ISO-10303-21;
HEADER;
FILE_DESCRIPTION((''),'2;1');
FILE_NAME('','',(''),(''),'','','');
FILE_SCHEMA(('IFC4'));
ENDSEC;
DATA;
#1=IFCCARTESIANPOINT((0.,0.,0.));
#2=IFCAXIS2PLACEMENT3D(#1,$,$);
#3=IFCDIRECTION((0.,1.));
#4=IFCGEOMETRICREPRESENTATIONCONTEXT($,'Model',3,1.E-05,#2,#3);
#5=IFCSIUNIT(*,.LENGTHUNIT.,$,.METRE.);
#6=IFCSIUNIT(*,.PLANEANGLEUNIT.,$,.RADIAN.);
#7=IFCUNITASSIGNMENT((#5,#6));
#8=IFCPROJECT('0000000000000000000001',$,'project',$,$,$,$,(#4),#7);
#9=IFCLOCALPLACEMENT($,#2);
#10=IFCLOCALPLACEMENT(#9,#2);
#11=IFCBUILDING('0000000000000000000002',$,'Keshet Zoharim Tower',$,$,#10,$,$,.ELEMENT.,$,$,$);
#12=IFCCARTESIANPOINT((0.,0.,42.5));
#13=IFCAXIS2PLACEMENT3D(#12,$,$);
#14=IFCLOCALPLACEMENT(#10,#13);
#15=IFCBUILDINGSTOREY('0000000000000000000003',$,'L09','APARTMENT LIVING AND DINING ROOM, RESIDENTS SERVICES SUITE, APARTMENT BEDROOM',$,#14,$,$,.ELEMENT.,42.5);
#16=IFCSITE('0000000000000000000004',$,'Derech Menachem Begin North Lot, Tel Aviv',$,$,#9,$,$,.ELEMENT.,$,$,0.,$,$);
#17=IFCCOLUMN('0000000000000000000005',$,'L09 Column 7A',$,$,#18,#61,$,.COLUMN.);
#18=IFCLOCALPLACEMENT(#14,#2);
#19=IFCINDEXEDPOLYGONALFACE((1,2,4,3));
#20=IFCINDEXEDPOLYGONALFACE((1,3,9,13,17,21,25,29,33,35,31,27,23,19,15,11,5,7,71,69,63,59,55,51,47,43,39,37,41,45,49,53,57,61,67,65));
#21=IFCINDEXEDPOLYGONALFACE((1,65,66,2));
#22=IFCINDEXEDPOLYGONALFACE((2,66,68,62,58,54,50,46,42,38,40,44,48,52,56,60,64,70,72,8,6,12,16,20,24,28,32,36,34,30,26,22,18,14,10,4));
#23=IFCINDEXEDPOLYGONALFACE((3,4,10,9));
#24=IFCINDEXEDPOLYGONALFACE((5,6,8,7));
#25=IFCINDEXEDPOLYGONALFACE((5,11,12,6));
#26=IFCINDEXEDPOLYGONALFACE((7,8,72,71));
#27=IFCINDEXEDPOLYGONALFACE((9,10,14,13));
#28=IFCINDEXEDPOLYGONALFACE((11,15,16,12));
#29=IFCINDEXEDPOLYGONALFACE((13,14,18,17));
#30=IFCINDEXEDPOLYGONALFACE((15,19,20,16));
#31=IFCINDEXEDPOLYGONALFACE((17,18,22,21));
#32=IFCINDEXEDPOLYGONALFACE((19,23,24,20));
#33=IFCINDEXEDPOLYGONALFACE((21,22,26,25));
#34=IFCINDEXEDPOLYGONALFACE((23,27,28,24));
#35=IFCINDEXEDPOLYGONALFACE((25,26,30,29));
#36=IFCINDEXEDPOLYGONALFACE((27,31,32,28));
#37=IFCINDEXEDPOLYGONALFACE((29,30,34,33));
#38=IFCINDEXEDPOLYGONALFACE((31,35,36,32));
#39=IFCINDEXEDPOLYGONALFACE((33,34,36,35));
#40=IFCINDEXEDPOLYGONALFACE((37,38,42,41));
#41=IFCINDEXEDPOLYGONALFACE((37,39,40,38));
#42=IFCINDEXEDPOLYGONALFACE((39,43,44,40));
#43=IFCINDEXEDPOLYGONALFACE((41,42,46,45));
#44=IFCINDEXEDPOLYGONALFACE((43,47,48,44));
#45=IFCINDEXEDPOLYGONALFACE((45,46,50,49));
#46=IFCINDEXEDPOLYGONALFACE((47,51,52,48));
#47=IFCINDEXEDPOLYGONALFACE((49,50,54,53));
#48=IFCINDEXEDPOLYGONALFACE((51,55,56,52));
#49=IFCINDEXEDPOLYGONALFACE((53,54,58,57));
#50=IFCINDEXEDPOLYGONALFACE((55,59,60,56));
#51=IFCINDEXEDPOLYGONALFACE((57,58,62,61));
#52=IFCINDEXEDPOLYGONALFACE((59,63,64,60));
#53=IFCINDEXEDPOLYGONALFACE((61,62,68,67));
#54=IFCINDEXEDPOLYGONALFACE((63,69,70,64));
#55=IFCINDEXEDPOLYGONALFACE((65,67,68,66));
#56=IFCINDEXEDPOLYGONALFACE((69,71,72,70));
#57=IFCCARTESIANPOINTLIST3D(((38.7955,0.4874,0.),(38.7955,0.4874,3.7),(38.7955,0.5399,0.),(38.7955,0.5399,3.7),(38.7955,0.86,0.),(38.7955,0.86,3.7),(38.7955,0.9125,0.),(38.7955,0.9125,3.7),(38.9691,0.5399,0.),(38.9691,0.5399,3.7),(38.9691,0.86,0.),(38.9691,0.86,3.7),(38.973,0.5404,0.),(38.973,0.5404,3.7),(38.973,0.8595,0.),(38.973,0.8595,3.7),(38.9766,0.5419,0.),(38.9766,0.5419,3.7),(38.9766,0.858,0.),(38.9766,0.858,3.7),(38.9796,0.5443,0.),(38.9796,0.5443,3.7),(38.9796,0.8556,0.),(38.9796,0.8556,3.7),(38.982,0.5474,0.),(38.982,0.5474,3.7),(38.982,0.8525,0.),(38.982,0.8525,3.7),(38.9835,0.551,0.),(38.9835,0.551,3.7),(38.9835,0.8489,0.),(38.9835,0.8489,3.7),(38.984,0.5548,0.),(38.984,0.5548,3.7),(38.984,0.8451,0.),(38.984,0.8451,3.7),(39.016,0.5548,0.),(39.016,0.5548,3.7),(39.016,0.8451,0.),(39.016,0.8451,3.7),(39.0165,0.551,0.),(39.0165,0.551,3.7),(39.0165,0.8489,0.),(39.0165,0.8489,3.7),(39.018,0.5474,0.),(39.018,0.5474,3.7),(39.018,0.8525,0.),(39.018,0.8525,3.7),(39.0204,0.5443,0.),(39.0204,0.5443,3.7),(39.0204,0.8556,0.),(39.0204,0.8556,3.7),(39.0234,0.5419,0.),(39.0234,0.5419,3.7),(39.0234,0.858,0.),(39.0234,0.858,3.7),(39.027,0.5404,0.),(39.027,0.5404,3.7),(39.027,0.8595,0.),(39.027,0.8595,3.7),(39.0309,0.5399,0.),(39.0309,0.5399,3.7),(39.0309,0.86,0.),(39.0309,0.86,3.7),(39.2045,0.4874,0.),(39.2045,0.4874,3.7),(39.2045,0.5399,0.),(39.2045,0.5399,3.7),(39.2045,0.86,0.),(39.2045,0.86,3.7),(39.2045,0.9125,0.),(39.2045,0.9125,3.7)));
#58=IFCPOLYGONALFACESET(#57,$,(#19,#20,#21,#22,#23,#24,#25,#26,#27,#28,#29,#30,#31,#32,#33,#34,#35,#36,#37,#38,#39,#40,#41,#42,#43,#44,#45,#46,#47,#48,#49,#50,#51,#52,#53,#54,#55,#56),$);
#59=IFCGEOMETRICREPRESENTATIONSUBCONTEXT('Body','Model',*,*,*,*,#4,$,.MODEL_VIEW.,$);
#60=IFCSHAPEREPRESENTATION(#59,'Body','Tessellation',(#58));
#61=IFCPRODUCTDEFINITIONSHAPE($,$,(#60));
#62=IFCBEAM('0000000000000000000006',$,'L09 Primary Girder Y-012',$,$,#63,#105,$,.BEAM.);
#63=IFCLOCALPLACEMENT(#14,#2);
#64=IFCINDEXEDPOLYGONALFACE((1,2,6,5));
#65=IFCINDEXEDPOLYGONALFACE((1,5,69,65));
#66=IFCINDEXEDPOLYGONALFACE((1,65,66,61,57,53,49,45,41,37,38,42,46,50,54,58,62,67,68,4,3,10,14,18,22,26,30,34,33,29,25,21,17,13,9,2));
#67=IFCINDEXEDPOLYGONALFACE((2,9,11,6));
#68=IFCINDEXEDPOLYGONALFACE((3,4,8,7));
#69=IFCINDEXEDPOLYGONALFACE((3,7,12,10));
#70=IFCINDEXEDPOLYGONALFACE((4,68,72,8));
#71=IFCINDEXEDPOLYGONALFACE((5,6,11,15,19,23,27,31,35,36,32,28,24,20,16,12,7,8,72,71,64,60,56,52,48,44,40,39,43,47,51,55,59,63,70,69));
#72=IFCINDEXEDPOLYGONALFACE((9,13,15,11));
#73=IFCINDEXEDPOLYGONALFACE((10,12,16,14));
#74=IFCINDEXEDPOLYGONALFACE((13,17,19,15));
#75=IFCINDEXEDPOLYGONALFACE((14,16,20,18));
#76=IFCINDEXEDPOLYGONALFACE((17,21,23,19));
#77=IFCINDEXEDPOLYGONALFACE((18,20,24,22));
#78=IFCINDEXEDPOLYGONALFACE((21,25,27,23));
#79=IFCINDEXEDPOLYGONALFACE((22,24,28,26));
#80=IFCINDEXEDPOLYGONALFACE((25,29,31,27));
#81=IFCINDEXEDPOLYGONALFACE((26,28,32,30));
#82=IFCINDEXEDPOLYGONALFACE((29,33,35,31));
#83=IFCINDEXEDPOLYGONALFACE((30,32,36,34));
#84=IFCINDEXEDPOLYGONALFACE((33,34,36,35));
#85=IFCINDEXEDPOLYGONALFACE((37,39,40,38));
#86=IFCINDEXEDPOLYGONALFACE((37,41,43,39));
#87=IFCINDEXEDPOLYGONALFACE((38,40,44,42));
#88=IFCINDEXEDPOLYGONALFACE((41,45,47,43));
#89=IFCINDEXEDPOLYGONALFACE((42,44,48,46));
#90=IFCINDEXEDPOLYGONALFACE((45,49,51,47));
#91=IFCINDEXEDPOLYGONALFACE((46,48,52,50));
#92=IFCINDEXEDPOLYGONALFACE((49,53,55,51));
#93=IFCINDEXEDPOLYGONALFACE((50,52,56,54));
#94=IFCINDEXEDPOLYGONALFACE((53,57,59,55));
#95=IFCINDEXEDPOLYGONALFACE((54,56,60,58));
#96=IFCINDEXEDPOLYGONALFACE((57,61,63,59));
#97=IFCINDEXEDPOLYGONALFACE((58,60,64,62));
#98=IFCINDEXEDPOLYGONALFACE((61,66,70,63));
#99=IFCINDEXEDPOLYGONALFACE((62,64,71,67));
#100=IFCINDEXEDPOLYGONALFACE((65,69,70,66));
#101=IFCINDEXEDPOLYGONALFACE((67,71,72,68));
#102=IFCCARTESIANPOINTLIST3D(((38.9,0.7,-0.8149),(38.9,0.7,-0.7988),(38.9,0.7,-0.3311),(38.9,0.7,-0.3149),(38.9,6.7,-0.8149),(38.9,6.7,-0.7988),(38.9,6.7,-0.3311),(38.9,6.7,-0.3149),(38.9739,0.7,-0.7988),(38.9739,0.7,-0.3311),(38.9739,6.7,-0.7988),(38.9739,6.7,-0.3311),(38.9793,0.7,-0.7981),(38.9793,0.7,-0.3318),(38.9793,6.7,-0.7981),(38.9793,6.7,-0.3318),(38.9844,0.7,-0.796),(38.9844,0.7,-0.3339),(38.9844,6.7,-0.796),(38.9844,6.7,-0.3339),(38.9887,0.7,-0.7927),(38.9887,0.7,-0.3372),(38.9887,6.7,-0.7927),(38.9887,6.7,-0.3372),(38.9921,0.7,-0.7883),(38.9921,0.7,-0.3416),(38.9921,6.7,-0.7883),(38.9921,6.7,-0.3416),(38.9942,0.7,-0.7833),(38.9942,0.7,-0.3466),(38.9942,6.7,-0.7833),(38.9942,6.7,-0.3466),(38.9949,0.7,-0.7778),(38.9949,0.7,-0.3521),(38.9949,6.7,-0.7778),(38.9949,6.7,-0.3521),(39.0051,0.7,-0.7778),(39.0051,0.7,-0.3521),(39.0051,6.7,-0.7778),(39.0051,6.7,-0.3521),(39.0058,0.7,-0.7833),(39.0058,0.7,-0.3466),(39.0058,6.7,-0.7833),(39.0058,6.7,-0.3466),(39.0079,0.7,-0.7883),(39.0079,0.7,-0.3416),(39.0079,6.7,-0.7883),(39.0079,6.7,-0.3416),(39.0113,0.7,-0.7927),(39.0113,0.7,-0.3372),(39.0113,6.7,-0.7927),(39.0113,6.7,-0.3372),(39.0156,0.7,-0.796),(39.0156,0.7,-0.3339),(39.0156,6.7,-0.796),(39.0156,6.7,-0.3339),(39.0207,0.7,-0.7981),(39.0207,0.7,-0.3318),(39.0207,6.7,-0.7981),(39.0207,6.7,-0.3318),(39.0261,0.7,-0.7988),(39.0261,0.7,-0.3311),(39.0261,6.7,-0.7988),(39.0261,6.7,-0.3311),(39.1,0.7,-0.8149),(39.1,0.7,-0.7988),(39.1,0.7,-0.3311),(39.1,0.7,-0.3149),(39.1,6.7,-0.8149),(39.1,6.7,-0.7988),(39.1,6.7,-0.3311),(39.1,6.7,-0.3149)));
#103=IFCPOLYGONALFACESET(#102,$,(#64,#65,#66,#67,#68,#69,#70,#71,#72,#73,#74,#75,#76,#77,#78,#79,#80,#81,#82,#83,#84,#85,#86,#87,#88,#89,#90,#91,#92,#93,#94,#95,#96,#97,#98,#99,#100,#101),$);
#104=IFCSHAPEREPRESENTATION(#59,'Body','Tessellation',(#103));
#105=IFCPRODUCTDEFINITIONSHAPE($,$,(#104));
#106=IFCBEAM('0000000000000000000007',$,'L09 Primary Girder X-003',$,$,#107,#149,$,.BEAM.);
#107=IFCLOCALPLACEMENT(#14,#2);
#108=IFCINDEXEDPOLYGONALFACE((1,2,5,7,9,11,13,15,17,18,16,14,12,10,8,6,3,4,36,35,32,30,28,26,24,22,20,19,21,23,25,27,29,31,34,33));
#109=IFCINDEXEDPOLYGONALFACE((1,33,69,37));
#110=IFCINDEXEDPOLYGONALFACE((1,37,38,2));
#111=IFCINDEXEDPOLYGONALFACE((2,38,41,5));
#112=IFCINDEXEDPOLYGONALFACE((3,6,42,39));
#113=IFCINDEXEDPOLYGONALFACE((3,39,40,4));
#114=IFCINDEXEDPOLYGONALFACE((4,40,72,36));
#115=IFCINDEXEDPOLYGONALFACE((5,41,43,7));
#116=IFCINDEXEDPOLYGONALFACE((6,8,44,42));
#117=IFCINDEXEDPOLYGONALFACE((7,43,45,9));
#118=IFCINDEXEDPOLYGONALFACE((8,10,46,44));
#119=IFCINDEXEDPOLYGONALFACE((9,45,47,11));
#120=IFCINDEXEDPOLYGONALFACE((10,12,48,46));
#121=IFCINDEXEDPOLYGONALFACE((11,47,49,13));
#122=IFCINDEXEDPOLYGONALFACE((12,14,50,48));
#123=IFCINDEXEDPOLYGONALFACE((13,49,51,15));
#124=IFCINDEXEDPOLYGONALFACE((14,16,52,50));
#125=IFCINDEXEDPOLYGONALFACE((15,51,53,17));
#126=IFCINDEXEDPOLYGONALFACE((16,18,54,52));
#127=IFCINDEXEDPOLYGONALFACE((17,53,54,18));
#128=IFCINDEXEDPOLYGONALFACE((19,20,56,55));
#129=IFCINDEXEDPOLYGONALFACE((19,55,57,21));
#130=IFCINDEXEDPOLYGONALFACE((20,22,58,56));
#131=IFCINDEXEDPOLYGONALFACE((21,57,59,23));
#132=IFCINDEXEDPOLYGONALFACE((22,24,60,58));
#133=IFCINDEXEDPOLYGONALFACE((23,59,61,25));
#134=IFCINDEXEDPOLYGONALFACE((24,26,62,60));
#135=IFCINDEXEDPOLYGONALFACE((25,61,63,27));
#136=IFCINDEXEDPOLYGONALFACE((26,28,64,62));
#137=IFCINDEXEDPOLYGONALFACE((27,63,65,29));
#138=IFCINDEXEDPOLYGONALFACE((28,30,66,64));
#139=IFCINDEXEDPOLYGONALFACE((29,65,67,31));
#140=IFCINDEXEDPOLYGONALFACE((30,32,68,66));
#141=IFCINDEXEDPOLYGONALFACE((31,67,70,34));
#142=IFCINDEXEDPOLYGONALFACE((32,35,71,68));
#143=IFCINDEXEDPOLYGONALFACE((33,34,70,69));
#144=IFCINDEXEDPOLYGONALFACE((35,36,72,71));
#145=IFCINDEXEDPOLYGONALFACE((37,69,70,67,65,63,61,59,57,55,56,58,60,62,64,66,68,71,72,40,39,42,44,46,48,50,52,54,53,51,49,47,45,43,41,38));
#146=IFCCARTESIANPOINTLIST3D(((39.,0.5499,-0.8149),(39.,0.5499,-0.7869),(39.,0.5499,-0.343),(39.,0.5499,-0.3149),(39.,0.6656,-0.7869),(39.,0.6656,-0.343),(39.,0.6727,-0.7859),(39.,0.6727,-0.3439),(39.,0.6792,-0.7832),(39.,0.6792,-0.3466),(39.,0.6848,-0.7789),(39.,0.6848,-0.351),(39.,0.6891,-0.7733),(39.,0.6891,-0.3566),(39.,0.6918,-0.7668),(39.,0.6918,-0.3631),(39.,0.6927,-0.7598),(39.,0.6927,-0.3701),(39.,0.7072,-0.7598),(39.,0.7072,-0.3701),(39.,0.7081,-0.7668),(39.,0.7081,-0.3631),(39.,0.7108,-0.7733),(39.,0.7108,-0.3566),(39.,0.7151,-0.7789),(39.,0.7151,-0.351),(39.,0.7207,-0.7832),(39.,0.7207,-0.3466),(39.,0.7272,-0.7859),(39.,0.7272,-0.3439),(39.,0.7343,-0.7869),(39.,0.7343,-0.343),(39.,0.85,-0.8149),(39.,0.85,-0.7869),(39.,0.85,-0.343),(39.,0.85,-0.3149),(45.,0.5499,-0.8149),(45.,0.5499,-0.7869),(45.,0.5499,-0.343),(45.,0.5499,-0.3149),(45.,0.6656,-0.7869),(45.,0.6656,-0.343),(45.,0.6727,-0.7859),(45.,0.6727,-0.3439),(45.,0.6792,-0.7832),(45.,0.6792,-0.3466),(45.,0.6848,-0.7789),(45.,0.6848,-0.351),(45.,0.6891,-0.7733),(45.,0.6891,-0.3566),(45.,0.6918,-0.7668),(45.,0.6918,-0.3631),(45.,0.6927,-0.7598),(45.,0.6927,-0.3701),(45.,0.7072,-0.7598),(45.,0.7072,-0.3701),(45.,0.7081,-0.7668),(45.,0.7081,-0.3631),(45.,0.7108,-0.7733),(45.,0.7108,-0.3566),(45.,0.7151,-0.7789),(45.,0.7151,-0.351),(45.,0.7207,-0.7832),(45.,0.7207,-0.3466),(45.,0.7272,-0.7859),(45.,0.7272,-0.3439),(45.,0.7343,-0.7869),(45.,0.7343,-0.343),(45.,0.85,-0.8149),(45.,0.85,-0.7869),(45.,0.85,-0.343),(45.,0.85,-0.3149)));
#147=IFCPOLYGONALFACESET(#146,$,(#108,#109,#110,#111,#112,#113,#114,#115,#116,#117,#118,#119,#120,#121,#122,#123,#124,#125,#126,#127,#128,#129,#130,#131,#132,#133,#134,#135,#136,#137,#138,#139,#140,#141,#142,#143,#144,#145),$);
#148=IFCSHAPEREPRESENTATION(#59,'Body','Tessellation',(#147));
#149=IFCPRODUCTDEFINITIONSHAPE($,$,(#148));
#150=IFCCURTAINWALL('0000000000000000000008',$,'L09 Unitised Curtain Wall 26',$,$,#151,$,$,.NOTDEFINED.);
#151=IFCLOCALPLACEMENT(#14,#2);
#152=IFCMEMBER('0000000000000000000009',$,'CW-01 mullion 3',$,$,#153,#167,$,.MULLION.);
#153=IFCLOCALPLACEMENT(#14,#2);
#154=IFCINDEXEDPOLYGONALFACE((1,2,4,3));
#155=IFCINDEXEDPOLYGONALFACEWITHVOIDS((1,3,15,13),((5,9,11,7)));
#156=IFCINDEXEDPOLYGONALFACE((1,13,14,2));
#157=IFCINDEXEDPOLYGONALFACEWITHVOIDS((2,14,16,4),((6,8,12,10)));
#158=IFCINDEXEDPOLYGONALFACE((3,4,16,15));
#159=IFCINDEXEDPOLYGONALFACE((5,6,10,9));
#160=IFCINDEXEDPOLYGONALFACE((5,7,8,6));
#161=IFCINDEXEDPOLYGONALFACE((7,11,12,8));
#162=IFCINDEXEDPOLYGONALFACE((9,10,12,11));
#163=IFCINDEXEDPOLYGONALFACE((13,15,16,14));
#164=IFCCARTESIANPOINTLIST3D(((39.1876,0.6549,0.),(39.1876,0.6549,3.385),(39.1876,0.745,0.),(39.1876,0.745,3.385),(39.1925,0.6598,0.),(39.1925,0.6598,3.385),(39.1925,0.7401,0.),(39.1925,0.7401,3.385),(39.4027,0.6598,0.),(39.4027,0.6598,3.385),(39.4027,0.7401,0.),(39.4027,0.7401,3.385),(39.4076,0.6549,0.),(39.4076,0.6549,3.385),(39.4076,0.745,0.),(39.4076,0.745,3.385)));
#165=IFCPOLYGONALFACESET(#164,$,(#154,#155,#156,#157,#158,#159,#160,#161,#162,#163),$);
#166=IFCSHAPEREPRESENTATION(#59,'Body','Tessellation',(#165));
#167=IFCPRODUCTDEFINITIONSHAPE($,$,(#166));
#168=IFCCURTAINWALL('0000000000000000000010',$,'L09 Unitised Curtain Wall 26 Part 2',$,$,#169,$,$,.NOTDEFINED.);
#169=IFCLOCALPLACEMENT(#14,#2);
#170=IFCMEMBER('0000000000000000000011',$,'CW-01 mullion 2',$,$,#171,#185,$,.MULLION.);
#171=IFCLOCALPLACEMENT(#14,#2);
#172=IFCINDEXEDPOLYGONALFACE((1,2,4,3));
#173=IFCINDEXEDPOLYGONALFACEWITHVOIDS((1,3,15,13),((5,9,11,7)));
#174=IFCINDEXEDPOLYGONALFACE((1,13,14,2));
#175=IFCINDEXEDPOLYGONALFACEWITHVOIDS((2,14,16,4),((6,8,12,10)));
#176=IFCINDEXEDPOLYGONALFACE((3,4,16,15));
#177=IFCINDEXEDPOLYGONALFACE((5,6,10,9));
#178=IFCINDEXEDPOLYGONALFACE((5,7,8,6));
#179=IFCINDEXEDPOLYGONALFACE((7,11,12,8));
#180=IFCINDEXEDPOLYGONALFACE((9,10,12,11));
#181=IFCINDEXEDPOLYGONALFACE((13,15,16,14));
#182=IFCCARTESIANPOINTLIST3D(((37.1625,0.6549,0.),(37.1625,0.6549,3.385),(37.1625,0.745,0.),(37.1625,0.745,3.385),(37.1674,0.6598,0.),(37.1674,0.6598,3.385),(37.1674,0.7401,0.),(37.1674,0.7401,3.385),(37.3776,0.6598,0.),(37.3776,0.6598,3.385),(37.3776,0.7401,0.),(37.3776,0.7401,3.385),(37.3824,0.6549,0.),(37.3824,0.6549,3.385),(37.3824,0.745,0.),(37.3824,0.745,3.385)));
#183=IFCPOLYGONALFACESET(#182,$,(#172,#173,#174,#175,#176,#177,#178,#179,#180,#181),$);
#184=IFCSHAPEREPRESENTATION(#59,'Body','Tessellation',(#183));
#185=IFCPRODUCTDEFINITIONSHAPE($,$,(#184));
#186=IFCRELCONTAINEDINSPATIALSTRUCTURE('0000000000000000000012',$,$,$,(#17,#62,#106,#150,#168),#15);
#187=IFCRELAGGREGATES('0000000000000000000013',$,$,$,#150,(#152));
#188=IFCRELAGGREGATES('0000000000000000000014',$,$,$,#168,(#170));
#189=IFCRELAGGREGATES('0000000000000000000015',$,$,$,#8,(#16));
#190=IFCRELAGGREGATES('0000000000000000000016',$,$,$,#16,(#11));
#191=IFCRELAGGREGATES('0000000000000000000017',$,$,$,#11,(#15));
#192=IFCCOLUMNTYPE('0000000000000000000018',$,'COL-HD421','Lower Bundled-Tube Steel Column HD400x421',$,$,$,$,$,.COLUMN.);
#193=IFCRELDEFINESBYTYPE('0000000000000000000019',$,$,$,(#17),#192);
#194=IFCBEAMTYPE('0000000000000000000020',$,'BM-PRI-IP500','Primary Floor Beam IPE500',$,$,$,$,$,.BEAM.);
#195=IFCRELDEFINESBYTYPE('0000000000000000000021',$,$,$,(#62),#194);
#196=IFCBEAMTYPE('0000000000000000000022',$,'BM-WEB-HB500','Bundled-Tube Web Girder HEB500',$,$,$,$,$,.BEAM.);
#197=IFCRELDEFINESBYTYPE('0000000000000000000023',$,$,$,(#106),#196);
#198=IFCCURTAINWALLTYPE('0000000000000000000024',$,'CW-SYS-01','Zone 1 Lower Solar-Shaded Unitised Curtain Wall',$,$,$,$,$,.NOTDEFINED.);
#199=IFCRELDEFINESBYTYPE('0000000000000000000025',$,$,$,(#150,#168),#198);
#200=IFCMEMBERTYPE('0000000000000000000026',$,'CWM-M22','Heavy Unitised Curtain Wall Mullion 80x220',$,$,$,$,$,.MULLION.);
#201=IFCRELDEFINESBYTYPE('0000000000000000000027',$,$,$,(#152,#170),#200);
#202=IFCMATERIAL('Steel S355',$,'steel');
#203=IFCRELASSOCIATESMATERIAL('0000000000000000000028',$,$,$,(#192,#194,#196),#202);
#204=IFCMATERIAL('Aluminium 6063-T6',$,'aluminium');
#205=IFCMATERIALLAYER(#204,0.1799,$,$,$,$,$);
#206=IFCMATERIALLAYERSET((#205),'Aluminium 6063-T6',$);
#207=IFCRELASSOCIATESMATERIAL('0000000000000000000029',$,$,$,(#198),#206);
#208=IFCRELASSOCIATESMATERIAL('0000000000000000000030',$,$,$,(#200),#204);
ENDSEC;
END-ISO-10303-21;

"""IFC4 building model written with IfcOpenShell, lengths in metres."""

from ifc_helpers import new_model, si_unit, direction, frame, origin, origin_2d, place, context, subcontext, project, spatial, hollow_rectangle, i_section, extrude, material, layer, layer_set, material_profile, profile_set, type_object, element, aggregate, save


model = new_model("IFC4")

# Units and contexts
model_context = context("Model", 3, precision=1e-05, world=origin(), true_north=direction((0.0, 1.0)))
body_context = subcontext(model_context, "Body", "Model", "MODEL_VIEW")
ifc_project = project(units=[si_unit("LENGTHUNIT", "METRE"), si_unit("PLANEANGLEUNIT", "RADIAN")], contexts=[model_context])

# Site, building, storey
site_placement = place(None, origin())
site = spatial("IfcSite", under=ifc_project, at=site_placement, Name="Derech Menachem Begin North Lot, Tel Aviv", CompositionType="ELEMENT", RefElevation=0.0)
building_placement = place(site_placement, origin())
building = spatial("IfcBuilding", under=site, at=building_placement, Name="Keshet Zoharim Tower", CompositionType="ELEMENT")
storey_placement = place(building_placement, frame((0.0, 0.0, 42.5)))
storey = spatial("IfcBuildingStorey", under=building, at=storey_placement, Name="L09", Description="APARTMENT LIVING AND DINING ROOM, RESIDENTS SERVICES SUITE, APARTMENT BEDROOM", CompositionType="ELEMENT", Elevation=42.5)

# Column
ifc_material_1 = material(Name="Steel S355", Category="steel")
ifc_material_profile_1 = material_profile(ifc_material_1, i_section(OverallWidth=0.4089, OverallDepth=0.425, WebThickness=0.032, FlangeThickness=0.0525, FilletRadius=0.0149, at=origin_2d()), Name="HD400x421")
ifc_profile_set_1 = profile_set([ifc_material_profile_1], Name="Steel S355")
column_type = type_object("IfcColumnType", Name="COL-HD421", Description="Lower Bundled-Tube Steel Column HD400x421", PredefinedType="COLUMN", material=ifc_profile_set_1)
column_placement = place(storey_placement, frame((39.0, 0.7, 0.0), z_axis=(0.0, 0.0, 1.0), x_axis=(1.0, 0.0, 0.0)))
element("IfcColumn", 1, at=column_placement, inside=storey, type_object=column_type, Name="L09 Column 7A", PredefinedType="COLUMN", context=body_context, shape_type="SweptSolid", body=[
    extrude(i_section(OverallWidth=0.4089, OverallDepth=0.425, WebThickness=0.032, FlangeThickness=0.0525, FilletRadius=0.0149, at=origin_2d()), origin(), (0.0, 0.0, 1.0), 3.7),
])

# Beams
ifc_material_profile_2 = material_profile(ifc_material_1, i_section(OverallWidth=0.2, OverallDepth=0.5, WebThickness=0.0103, FlangeThickness=0.0161, FilletRadius=0.021, at=origin_2d()), Name="IPE500")
ifc_profile_set_2 = profile_set([ifc_material_profile_2], Name="Steel S355")
beam_type_1 = type_object("IfcBeamType", Name="BM-PRI-IP500", Description="Primary Floor Beam IPE500", PredefinedType="BEAM", material=ifc_profile_set_2)
beam_1_placement = place(storey_placement, frame((39.0, 0.7, -0.5649), z_axis=(0.0, 1.0, 0.0), x_axis=(-1.0, 0.0, 0.0)))
element("IfcBeam", 2, at=beam_1_placement, inside=storey, type_object=beam_type_1, Name="L09 Primary Girder Y-012", PredefinedType="BEAM", context=body_context, shape_type="SweptSolid", body=[
    extrude(i_section(OverallWidth=0.2, OverallDepth=0.5, WebThickness=0.0103, FlangeThickness=0.0161, FilletRadius=0.021, at=origin_2d()), origin(), (0.0, 0.0, 1.0), 6.0),
])
ifc_material_profile_3 = material_profile(ifc_material_1, i_section(OverallWidth=0.3, OverallDepth=0.5, WebThickness=0.0144, FlangeThickness=0.0281, FilletRadius=0.0271, at=origin_2d()), Name="HEB500")
ifc_profile_set_3 = profile_set([ifc_material_profile_3], Name="Steel S355")
beam_type_2 = type_object("IfcBeamType", Name="BM-WEB-HB500", Description="Bundled-Tube Web Girder HEB500", PredefinedType="BEAM", material=ifc_profile_set_3)
beam_2_placement = place(storey_placement, frame((39.0, 0.7, -0.5649), z_axis=(1.0, 0.0, 0.0), x_axis=(0.0, 1.0, 0.0)))
element("IfcBeam", 3, at=beam_2_placement, inside=storey, type_object=beam_type_2, Name="L09 Primary Girder X-003", PredefinedType="BEAM", context=body_context, shape_type="SweptSolid", body=[
    extrude(i_section(OverallWidth=0.3, OverallDepth=0.5, WebThickness=0.0144, FlangeThickness=0.0281, FilletRadius=0.0271, at=origin_2d()), origin(), (0.0, 0.0, 1.0), 6.0),
])

# Curtain walls, members
ifc_material_2 = material(Name="Aluminium 6063-T6", Category="aluminium")
ifc_layer_1 = layer(ifc_material_2, 0.1799)
ifc_layer_set_1 = layer_set([ifc_layer_1], Name="Aluminium 6063-T6")
curtain_wall_type = type_object("IfcCurtainWallType", Name="CW-SYS-01", Description="Zone 1 Lower Solar-Shaded Unitised Curtain Wall", PredefinedType="NOTDEFINED", material=ifc_layer_set_1)
curtain_wall_1_placement = place(storey_placement, origin())
curtain_wall_1 = element("IfcCurtainWall", 4, at=curtain_wall_1_placement, inside=storey, type_object=curtain_wall_type, Name="L09 Unitised Curtain Wall 26", PredefinedType="NOTDEFINED")
ifc_material_profile_4 = material_profile(ifc_material_2, hollow_rectangle(XDim=0.0901, YDim=0.22, WallThickness=0.0049, at=origin_2d()), Name="MUL-90x220")
ifc_profile_set_4 = profile_set([ifc_material_profile_4], Name="Aluminium 6063-T6")
member_type_1 = type_object("IfcMemberType", Name="CWM-M22", Description="Heavy Unitised Curtain Wall Mullion 80x220", PredefinedType="MULLION", material=ifc_profile_set_4)
member_1_placement = place(storey_placement, frame((39.2976, 0.7, 0.0), z_axis=(0.0, 0.0, 1.0), x_axis=(0.0, -1.0, 0.0)))
member_1 = element("IfcMember", 5, at=member_1_placement, type_object=member_type_1, Name="CW-01 mullion 3", PredefinedType="MULLION", context=body_context, shape_type="SweptSolid", body=[
    extrude(hollow_rectangle(XDim=0.0901, YDim=0.22, WallThickness=0.0049, at=origin_2d()), origin(), (0.0, 0.0, 1.0), 3.385),
])
aggregate(curtain_wall_1, [member_1])
curtain_wall_2_placement = place(storey_placement, origin())
curtain_wall_2 = element("IfcCurtainWall", 6, at=curtain_wall_2_placement, inside=storey, type_object=curtain_wall_type, Name="L09 Unitised Curtain Wall 26 Part 2", PredefinedType="NOTDEFINED")
member_2_placement = place(storey_placement, frame((37.2725, 0.7, 0.0), z_axis=(0.0, 0.0, 1.0), x_axis=(0.0, -1.0, 0.0)))
member_2 = element("IfcMember", 7, at=member_2_placement, type_object=member_type_1, Name="CW-01 mullion 2", PredefinedType="MULLION", context=body_context, shape_type="SweptSolid", body=[
    extrude(hollow_rectangle(XDim=0.0901, YDim=0.22, WallThickness=0.0049, at=origin_2d()), origin(), (0.0, 0.0, 1.0), 3.385),
])

aggregate(curtain_wall_2, [member_2])

save(model, "model.ifc")
